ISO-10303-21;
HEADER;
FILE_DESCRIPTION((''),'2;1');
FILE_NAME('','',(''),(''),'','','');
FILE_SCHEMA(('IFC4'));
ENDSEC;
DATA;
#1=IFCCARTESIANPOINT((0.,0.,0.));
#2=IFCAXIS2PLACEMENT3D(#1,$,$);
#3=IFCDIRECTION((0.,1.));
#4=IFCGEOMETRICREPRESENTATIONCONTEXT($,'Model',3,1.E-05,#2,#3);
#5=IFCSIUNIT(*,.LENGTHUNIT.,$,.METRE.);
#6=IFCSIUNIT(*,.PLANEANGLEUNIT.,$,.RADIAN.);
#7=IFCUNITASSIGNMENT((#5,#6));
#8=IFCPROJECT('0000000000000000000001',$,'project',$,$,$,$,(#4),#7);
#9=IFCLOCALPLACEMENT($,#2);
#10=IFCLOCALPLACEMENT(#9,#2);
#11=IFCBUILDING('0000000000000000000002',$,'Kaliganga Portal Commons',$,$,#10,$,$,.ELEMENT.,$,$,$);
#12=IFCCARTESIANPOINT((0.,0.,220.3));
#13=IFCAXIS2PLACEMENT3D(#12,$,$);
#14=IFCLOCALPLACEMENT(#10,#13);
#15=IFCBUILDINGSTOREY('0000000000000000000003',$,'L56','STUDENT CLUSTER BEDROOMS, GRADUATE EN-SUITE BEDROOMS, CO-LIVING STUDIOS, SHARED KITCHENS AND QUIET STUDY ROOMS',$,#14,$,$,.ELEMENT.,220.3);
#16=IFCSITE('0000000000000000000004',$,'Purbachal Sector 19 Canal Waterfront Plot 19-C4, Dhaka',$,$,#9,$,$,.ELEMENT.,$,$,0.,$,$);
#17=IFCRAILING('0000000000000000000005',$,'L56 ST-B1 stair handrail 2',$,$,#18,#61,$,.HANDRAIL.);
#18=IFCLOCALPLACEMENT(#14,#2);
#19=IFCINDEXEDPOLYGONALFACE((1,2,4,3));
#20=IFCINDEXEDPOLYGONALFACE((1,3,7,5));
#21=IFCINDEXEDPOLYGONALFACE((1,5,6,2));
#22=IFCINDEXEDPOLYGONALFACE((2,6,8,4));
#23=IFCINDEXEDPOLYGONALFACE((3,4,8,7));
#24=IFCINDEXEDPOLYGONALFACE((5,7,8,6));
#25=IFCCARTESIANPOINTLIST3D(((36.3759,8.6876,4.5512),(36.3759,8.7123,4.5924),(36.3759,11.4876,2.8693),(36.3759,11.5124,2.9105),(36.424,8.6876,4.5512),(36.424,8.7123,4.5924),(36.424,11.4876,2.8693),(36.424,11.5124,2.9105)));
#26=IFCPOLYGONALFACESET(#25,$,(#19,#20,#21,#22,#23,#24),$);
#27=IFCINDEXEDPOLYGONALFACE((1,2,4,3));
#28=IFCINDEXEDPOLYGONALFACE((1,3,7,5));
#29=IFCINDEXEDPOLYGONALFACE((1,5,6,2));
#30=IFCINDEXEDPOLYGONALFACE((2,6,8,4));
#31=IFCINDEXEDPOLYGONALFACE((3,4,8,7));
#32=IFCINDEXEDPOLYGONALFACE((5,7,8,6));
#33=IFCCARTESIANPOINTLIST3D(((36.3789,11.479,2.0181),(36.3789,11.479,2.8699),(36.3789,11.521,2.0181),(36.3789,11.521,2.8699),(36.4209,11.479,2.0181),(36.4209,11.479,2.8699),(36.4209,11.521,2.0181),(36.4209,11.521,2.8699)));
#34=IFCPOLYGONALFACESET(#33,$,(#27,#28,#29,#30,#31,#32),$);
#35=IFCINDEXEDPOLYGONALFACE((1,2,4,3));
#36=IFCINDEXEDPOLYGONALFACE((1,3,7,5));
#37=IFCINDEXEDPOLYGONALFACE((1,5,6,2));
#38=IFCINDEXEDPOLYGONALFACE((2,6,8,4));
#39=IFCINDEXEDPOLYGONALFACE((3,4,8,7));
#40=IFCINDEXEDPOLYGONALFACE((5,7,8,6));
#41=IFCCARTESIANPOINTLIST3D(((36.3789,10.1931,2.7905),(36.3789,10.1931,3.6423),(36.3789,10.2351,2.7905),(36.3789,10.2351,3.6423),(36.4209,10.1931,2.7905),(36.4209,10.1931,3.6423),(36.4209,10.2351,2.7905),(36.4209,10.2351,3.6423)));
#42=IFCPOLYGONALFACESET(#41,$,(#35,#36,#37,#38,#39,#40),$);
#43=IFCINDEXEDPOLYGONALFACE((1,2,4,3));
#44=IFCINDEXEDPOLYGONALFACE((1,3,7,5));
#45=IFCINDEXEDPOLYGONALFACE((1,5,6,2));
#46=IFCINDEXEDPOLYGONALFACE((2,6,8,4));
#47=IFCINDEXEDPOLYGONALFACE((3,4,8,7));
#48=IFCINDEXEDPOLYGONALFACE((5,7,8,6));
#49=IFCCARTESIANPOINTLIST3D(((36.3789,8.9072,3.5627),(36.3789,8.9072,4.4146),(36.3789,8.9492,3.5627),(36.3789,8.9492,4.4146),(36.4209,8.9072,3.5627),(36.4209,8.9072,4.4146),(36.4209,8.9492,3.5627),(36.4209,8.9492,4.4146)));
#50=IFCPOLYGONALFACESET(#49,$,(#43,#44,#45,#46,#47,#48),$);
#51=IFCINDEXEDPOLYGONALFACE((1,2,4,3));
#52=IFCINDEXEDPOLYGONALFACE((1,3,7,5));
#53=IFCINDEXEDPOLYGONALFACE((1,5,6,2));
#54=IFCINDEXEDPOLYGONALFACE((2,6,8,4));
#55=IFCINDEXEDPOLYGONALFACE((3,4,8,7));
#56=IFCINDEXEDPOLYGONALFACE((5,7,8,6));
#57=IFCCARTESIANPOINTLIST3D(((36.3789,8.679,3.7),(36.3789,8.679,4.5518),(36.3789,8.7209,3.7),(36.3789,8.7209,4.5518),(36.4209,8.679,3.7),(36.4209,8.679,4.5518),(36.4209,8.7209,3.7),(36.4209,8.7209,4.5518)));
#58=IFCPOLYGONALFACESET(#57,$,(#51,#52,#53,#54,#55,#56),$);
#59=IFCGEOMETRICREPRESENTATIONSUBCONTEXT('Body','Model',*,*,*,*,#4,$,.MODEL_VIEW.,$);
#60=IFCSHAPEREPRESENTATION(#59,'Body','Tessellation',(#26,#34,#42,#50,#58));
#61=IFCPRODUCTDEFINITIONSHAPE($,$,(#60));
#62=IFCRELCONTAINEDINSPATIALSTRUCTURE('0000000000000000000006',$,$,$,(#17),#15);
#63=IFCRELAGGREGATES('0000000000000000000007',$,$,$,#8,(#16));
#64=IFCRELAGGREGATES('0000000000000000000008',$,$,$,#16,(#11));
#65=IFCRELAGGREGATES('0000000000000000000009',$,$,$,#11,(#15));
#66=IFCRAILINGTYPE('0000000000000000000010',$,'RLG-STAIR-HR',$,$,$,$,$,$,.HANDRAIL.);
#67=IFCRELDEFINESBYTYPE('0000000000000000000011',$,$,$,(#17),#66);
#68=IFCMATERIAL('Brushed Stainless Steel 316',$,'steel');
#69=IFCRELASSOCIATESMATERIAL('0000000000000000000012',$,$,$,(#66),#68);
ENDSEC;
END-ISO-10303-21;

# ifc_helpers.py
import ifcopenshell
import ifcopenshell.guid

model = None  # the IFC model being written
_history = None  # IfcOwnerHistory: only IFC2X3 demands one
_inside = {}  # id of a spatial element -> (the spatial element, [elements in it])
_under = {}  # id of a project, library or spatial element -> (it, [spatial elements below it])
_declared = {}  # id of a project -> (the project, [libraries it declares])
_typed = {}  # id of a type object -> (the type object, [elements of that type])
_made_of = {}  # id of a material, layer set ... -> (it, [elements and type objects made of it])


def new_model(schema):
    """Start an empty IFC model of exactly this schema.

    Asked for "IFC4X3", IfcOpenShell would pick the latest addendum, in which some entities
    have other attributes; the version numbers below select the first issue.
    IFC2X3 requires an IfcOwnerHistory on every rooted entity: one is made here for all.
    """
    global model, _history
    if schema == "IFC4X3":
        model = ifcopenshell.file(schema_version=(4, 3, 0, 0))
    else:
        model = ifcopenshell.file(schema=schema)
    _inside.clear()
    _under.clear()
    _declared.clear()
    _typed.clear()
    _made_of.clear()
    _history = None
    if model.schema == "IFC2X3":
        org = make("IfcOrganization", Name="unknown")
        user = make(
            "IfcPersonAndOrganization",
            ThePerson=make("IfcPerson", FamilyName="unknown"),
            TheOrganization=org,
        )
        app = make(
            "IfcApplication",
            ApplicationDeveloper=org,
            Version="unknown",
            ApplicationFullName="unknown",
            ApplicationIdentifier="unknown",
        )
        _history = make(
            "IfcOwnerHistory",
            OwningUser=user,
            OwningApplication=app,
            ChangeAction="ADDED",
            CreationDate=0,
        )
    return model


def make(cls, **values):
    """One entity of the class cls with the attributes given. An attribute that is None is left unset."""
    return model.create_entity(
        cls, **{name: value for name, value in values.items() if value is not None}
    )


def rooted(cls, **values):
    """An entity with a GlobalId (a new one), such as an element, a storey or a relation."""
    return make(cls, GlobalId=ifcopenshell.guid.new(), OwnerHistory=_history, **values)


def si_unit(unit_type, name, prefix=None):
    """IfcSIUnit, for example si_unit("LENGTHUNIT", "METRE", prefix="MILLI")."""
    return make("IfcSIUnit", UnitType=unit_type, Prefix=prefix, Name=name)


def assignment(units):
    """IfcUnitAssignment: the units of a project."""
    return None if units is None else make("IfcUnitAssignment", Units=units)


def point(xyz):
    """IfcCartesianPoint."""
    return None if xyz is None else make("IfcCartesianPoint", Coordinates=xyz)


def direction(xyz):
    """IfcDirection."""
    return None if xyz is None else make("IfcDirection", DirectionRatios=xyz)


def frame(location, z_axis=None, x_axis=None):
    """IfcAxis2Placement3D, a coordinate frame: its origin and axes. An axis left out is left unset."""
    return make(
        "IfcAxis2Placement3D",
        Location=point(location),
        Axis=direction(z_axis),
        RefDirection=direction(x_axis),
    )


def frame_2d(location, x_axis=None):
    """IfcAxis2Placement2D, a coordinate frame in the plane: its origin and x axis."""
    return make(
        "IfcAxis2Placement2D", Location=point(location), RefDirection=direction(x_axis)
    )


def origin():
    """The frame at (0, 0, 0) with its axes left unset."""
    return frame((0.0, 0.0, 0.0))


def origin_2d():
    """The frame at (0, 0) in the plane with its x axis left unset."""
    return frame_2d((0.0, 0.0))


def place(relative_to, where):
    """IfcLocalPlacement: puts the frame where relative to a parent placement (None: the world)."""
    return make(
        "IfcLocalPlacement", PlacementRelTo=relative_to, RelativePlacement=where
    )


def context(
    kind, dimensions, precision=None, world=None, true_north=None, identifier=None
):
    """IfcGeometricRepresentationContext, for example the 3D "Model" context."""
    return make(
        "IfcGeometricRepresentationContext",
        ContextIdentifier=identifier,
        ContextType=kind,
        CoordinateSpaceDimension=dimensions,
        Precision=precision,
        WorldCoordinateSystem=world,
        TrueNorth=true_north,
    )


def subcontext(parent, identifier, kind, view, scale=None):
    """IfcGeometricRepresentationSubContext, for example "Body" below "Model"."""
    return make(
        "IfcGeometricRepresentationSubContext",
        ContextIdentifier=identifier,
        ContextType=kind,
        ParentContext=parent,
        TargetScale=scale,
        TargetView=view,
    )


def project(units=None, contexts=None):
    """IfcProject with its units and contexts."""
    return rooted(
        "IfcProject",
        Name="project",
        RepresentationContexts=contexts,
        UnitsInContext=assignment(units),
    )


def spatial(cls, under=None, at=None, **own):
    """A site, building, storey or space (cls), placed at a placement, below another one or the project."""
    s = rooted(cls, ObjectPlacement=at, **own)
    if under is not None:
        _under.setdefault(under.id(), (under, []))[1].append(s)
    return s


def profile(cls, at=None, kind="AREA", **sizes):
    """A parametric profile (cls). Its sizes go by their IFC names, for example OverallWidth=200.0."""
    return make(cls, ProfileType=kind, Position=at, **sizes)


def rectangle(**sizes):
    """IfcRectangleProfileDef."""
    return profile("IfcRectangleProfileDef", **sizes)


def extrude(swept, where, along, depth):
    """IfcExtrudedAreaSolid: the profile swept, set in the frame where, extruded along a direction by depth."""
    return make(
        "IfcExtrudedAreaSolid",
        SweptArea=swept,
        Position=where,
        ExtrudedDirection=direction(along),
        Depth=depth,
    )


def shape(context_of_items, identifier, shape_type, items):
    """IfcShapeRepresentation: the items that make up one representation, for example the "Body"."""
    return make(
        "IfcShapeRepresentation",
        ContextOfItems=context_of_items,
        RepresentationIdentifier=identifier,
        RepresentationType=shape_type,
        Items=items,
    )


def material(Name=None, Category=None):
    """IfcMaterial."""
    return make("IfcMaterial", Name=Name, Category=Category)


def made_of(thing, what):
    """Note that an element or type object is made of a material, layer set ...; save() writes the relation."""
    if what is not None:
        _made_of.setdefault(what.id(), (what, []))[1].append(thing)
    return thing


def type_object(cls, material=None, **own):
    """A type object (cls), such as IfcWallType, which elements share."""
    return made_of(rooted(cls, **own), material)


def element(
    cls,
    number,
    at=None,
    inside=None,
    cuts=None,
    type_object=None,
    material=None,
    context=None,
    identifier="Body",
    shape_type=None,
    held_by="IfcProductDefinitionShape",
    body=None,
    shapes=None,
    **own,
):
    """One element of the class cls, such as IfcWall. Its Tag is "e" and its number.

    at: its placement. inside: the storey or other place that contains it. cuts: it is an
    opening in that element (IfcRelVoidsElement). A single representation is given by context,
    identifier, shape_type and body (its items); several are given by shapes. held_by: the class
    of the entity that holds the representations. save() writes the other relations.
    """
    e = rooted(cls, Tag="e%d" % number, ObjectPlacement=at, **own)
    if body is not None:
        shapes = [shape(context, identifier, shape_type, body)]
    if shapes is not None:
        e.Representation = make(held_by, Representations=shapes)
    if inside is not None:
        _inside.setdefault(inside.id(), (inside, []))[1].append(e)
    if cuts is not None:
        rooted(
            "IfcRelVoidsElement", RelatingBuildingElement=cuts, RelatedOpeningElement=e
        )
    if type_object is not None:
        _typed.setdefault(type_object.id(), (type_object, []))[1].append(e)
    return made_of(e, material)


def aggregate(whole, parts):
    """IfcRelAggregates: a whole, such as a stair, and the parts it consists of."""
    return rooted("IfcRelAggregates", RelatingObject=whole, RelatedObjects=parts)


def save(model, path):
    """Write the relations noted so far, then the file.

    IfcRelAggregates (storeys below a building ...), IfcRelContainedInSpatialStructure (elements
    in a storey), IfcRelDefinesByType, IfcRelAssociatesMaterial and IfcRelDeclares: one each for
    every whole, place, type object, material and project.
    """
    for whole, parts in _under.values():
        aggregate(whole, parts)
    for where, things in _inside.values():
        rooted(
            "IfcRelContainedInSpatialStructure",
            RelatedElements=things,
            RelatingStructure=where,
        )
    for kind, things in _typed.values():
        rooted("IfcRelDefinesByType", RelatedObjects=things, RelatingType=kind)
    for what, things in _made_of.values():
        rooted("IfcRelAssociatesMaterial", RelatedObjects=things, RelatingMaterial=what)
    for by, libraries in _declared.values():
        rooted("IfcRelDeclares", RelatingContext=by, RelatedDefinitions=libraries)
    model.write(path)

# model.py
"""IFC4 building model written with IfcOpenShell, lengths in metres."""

from ifc_helpers import new_model, si_unit, direction, frame, origin, origin_2d, place, context, subcontext, project, spatial, rectangle, extrude, material, type_object, element, save


model = new_model("IFC4")

# Units and contexts
model_context = context("Model", 3, precision=1e-05, world=origin(), true_north=direction((0.0, 1.0)))
body_context = subcontext(model_context, "Body", "Model", "MODEL_VIEW")
ifc_project = project(units=[si_unit("LENGTHUNIT", "METRE"), si_unit("PLANEANGLEUNIT", "RADIAN")], contexts=[model_context])

# Site, building, storey
site_placement = place(None, origin())
site = spatial("IfcSite", under=ifc_project, at=site_placement, Name="Purbachal Sector 19 Canal Waterfront Plot 19-C4, Dhaka", CompositionType="ELEMENT", RefElevation=0.0)
building_placement = place(site_placement, origin())
building = spatial("IfcBuilding", under=site, at=building_placement, Name="Kaliganga Portal Commons", CompositionType="ELEMENT")
storey_placement = place(building_placement, frame((0.0, 0.0, 220.3)))
storey = spatial("IfcBuildingStorey", under=building, at=storey_placement, Name="L56", Description="STUDENT CLUSTER BEDROOMS, GRADUATE EN-SUITE BEDROOMS, CO-LIVING STUDIOS, SHARED KITCHENS AND QUIET STUDY ROOMS", CompositionType="ELEMENT", Elevation=220.3)

# Railing
ifc_material_1 = material(Name="Brushed Stainless Steel 316", Category="steel")
railing_type_1 = type_object("IfcRailingType", Name="RLG-STAIR-HR", PredefinedType="HANDRAIL", material=ifc_material_1)
railing_1_placement = place(storey_placement, frame((36.3999, 11.5, 2.0181)))
element("IfcRailing", 1, at=railing_1_placement, inside=storey, type_object=railing_type_1, Name="L56 ST-B1 stair handrail 2", PredefinedType="HANDRAIL", context=body_context, shape_type="SweptSolid", body=[
    extrude(rectangle(XDim=0.0481, YDim=0.0481, at=origin_2d()), frame((0.0, 0.0, 0.8718), z_axis=(0.0, -0.857242, 0.514913), x_axis=(1.0, 0.0, 0.0)), (0.0, 0.0, 1.0), 3.2664),
    extrude(rectangle(XDim=0.042, YDim=0.042, at=origin_2d()), origin(), (0.0, 0.0, 1.0), 0.8518),
    extrude(rectangle(XDim=0.042, YDim=0.042, at=origin_2d()), frame((0.0, -1.2859, 0.7725)), (0.0, 0.0, 1.0), 0.8518),
    extrude(rectangle(XDim=0.042, YDim=0.042, at=origin_2d()), frame((0.0, -2.5718, 1.5447)), (0.0, 0.0, 1.0), 0.8518),
    extrude(rectangle(XDim=0.042, YDim=0.042, at=origin_2d()), frame((0.0, -2.8, 1.6819)), (0.0, 0.0, 1.0), 0.8518),
])

save(model, "model.ifc")
